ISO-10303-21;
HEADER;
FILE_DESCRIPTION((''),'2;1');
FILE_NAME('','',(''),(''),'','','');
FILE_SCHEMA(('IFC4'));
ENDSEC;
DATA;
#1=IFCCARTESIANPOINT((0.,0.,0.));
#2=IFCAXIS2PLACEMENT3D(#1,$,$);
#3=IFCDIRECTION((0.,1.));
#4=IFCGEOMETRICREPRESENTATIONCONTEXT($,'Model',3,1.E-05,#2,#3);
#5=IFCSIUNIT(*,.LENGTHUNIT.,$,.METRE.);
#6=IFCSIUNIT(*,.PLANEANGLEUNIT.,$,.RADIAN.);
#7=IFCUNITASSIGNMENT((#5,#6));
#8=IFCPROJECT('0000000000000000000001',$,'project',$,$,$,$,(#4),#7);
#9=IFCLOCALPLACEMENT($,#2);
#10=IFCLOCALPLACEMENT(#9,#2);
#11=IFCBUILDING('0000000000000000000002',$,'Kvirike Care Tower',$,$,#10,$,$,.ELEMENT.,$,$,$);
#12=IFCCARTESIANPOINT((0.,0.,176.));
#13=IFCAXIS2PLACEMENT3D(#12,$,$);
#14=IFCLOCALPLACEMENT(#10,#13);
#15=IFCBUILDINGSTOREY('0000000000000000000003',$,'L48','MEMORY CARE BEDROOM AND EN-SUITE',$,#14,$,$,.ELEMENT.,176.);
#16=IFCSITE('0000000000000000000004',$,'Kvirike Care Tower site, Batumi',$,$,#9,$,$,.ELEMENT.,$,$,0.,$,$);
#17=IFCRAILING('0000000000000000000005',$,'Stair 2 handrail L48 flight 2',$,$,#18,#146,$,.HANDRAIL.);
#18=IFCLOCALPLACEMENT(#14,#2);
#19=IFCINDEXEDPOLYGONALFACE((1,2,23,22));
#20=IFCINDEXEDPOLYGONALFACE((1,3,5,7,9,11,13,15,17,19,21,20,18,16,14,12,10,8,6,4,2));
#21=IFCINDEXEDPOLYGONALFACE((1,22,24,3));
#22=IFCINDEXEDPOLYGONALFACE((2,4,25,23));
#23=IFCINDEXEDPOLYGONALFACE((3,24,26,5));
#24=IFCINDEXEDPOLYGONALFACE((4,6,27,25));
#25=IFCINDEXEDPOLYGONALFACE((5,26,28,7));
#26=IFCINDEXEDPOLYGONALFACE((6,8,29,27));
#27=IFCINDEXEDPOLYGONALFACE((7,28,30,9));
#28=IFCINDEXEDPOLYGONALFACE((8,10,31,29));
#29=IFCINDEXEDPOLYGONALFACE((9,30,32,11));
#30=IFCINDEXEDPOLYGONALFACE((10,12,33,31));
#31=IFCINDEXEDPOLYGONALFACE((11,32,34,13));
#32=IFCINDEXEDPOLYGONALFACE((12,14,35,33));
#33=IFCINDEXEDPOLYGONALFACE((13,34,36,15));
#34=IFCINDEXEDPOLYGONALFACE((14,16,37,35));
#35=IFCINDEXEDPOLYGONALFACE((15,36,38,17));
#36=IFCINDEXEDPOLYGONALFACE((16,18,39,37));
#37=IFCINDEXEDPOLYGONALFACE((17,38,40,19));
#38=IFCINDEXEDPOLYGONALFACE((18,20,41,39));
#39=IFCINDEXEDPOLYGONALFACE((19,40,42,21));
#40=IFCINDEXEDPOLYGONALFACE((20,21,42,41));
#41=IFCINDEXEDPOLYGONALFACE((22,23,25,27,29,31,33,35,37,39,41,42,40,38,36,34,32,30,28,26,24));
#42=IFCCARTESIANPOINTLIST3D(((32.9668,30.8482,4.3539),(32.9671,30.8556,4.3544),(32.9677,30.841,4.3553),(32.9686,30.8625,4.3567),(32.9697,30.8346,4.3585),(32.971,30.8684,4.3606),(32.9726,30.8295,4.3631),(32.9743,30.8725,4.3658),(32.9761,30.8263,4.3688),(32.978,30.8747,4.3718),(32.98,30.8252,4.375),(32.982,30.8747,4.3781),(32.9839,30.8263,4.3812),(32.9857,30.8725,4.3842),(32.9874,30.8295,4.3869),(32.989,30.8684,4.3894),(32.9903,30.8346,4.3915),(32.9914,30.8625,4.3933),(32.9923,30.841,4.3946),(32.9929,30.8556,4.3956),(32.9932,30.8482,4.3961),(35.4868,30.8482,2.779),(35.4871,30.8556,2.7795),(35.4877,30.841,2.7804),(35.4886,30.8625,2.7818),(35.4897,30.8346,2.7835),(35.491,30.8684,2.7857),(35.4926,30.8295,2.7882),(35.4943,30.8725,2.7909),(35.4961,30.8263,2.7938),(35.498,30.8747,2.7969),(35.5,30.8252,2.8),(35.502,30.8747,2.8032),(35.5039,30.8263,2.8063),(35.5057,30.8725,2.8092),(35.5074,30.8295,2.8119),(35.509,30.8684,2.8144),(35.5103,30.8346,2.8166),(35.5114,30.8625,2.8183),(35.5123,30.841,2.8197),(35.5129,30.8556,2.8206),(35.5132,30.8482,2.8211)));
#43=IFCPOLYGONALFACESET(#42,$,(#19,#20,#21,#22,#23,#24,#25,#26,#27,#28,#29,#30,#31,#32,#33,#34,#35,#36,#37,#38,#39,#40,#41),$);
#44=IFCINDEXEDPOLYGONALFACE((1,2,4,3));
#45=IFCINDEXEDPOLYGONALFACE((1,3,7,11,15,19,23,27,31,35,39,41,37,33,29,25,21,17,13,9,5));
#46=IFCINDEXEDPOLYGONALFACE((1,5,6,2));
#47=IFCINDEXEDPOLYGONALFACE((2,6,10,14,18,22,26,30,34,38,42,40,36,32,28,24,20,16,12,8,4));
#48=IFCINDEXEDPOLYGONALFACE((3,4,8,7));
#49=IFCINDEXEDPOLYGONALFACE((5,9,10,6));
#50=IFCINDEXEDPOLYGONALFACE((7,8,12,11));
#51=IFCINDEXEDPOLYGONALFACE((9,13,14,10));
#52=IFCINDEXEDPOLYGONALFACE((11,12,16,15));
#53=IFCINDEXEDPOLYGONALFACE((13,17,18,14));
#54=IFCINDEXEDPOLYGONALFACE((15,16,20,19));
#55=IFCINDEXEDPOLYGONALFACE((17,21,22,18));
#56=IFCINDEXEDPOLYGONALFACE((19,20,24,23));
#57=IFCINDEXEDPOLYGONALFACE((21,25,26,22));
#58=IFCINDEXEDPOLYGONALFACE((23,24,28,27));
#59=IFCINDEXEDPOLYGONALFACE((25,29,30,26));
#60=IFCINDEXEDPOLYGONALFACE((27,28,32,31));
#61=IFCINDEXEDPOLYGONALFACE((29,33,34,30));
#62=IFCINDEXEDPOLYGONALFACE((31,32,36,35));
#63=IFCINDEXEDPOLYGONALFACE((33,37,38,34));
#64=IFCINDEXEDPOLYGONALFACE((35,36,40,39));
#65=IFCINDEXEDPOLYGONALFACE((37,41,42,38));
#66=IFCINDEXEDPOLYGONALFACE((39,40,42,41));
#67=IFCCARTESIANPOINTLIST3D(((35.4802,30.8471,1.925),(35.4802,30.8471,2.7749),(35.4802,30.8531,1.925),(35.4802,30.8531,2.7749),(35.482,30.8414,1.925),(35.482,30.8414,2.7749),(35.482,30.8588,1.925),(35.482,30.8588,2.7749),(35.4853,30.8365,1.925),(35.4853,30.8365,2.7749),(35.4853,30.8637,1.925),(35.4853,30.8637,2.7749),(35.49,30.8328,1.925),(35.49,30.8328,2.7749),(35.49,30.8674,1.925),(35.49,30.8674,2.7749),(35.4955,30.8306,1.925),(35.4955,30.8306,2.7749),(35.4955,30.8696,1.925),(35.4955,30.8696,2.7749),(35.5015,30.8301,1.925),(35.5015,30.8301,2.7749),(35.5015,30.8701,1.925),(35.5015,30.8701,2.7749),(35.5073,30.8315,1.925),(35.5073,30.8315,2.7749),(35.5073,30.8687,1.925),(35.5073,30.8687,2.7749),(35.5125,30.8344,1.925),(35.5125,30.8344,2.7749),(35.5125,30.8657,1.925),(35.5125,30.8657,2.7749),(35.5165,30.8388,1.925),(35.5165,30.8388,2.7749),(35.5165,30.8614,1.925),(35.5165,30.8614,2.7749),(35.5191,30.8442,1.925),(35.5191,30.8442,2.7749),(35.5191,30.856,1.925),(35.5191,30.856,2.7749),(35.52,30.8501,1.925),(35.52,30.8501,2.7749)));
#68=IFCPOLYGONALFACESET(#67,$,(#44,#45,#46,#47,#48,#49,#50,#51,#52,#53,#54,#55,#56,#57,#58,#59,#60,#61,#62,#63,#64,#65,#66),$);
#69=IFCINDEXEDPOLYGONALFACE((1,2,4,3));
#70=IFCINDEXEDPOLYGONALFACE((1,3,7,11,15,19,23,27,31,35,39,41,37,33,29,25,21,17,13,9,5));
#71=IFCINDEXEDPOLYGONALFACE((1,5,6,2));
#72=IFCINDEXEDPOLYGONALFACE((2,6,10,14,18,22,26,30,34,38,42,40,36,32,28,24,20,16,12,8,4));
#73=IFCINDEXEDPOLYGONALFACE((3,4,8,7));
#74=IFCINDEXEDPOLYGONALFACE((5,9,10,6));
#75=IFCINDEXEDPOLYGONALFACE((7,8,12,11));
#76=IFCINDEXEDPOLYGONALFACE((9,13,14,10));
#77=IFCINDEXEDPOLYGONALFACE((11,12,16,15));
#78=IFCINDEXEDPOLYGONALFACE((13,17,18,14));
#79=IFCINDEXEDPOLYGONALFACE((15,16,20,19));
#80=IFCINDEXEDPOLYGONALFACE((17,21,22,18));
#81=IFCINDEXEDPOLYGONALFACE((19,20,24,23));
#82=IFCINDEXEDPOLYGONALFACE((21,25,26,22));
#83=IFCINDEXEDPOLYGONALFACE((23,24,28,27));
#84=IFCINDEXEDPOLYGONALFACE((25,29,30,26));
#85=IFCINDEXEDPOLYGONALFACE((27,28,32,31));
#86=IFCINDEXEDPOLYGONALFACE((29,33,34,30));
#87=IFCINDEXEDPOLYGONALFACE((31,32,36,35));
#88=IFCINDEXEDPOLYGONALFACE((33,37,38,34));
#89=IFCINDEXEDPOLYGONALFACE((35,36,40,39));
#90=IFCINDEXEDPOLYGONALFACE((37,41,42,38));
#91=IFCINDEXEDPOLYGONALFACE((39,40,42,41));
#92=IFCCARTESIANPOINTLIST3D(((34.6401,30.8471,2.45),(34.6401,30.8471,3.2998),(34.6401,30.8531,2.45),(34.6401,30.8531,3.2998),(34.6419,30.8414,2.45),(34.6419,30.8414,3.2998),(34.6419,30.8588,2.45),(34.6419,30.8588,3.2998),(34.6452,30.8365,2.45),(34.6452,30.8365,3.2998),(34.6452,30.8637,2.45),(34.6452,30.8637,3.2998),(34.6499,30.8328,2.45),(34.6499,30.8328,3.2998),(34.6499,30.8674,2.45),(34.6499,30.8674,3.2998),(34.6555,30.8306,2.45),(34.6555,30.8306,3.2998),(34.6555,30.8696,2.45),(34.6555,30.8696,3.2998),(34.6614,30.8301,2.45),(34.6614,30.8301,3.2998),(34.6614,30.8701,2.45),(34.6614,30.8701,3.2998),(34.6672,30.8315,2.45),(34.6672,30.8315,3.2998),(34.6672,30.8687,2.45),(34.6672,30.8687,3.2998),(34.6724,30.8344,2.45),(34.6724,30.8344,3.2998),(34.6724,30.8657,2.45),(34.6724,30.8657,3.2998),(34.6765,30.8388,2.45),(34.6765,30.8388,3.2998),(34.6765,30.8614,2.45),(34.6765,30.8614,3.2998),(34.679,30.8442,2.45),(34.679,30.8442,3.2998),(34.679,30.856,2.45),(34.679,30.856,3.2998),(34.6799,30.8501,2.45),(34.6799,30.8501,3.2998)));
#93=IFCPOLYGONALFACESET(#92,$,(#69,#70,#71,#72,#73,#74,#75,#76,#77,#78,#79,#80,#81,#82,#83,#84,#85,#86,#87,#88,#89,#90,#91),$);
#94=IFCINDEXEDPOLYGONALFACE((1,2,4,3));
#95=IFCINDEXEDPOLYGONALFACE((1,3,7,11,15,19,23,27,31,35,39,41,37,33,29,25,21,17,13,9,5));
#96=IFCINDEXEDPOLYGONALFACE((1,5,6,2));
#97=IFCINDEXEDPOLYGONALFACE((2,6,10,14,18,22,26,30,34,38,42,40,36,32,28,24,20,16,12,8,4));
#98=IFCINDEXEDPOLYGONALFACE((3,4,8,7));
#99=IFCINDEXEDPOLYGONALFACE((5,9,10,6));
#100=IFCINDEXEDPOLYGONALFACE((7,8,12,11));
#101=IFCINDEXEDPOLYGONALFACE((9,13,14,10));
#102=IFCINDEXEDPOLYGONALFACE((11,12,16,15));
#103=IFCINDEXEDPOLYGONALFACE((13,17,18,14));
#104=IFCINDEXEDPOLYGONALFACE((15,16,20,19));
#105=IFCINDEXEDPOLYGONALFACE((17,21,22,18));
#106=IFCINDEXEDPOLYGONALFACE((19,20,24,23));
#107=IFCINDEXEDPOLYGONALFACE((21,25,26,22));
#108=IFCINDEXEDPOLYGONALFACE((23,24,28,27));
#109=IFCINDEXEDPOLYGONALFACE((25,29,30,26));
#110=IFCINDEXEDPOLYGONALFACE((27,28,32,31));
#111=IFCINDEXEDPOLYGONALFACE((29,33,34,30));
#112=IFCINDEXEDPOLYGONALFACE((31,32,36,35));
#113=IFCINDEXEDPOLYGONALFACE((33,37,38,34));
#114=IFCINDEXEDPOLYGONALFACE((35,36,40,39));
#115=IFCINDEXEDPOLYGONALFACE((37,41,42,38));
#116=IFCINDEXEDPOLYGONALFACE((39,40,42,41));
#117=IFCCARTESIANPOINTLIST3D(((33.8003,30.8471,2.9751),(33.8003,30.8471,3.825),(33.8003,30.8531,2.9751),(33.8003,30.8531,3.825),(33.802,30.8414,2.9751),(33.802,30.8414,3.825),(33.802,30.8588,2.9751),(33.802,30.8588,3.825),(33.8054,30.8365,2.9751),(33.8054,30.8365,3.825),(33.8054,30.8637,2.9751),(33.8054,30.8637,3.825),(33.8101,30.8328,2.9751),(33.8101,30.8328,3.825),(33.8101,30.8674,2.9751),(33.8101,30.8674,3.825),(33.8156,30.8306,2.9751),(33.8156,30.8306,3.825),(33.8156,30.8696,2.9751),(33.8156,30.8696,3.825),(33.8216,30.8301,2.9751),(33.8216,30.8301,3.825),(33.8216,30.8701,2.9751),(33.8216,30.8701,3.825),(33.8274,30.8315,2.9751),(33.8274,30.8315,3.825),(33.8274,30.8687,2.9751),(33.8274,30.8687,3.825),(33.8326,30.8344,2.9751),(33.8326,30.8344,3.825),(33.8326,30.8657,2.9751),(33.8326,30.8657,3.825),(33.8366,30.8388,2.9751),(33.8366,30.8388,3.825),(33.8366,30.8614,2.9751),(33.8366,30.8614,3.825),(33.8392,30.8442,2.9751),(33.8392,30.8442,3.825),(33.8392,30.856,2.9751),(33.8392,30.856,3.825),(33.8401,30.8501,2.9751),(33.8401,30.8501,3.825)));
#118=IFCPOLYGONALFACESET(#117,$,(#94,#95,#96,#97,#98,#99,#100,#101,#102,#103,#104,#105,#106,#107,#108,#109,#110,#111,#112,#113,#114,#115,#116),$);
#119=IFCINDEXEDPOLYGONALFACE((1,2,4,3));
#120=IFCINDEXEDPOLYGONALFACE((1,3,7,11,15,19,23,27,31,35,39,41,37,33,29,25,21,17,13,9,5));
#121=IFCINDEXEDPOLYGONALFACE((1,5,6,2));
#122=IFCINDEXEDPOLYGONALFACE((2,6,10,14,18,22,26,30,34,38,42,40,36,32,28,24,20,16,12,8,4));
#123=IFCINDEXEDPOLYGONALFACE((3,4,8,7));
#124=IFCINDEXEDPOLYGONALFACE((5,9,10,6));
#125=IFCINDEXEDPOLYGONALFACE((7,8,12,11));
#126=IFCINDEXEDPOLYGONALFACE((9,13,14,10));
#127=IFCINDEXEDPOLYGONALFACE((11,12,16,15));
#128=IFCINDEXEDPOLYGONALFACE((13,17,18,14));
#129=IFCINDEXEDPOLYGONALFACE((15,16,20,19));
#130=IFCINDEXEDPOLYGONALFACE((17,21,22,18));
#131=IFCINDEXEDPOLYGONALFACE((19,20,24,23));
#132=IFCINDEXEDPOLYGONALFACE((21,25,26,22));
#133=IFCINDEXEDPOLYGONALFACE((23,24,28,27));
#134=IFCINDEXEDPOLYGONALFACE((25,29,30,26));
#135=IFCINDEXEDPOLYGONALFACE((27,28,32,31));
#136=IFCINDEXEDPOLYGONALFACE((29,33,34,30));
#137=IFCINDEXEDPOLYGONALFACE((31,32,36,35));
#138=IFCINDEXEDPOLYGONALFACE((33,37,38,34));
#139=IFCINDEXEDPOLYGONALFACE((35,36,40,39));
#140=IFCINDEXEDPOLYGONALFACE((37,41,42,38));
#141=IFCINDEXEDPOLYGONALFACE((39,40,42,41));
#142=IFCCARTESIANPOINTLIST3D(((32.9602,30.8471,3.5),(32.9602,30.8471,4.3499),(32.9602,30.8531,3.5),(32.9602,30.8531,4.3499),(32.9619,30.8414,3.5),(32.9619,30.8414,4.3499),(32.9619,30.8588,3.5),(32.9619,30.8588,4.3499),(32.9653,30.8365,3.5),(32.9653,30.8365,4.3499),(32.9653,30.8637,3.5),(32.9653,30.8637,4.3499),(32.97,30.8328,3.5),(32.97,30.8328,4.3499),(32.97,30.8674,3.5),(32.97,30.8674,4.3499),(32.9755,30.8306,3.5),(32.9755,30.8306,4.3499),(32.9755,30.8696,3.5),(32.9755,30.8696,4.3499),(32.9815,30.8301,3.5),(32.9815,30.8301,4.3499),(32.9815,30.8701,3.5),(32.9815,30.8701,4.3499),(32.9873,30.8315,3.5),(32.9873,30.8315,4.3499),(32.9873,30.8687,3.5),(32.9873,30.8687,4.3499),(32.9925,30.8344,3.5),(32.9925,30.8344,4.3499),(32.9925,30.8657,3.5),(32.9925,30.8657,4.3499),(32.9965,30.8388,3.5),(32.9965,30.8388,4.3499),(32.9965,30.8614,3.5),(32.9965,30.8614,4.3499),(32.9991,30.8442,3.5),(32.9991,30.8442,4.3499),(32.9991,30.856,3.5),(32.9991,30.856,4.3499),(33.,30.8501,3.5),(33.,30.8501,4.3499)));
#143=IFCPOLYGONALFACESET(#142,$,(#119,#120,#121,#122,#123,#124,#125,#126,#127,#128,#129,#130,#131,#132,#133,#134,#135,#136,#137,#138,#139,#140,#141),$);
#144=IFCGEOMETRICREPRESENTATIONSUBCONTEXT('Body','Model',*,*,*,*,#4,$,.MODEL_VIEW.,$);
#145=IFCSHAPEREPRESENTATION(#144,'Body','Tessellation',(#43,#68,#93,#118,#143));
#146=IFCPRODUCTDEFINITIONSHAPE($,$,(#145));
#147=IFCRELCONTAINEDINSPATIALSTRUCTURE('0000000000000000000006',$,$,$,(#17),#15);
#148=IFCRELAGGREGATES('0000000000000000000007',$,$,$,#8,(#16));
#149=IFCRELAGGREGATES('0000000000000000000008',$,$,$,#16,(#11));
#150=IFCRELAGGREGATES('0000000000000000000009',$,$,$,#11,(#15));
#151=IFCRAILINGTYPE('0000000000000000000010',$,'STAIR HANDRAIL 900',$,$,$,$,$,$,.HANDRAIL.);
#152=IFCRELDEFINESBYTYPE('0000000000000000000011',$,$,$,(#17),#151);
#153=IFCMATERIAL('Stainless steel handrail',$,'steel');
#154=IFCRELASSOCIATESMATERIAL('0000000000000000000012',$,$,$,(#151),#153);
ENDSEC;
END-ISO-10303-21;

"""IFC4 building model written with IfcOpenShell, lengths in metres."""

from ifc_helpers import new_model, si_unit, direction, frame, origin, origin_2d, place, context, subcontext, project, spatial, circle, extrude, material, type_object, element, save


model = new_model("IFC4")

# Units and contexts
model_context = context("Model", 3, precision=1e-05, world=origin(), true_north=direction((0.0, 1.0)))
body_context = subcontext(model_context, "Body", "Model", "MODEL_VIEW")
ifc_project = project(units=[si_unit("LENGTHUNIT", "METRE"), si_unit("PLANEANGLEUNIT", "RADIAN")], contexts=[model_context])

# Site, building, storey
site_placement = place(None, origin())
site = spatial("IfcSite", under=ifc_project, at=site_placement, Name="Kvirike Care Tower site, Batumi", CompositionType="ELEMENT", RefElevation=0.0)
building_placement = place(site_placement, origin())
building = spatial("IfcBuilding", under=site, at=building_placement, Name="Kvirike Care Tower", CompositionType="ELEMENT")
storey_placement = place(building_placement, frame((0.0, 0.0, 176.0)))
storey = spatial("IfcBuildingStorey", under=building, at=storey_placement, Name="L48", Description="MEMORY CARE BEDROOM AND EN-SUITE", CompositionType="ELEMENT", Elevation=176.0)

# Railing
ifc_material_1 = material(Name="Stainless steel handrail", Category="steel")
railing_type = type_object("IfcRailingType", Name="STAIR HANDRAIL 900", PredefinedType="HANDRAIL", material=ifc_material_1)
railing_1_placement = place(storey_placement, frame((35.5, 30.8501, 1.925)))
element("IfcRailing", 1, at=railing_1_placement, inside=storey, type_object=railing_type, Name="Stair 2 handrail L48 flight 2", PredefinedType="HANDRAIL", context=body_context, shape_type="SweptSolid", body=[
    extrude(circle(Radius=0.0249, at=origin_2d()), frame((0.0, 0.0, 0.875), z_axis=(-0.848008, 0.0, 0.529984), x_axis=(0.0, -1.0, 0.0)), (0.0, 0.0, 1.0), 2.9717),
    extrude(circle(Radius=0.02, at=origin_2d()), origin(), (0.0, 0.0, 1.0), 0.8499),
    extrude(circle(Radius=0.02, at=origin_2d()), frame((-0.8401, 0.0, 0.5249)), (0.0, 0.0, 1.0), 0.8499),
    extrude(circle(Radius=0.02, at=origin_2d()), frame((-1.6799, 0.0, 1.05)), (0.0, 0.0, 1.0), 0.8499),
    extrude(circle(Radius=0.02, at=origin_2d()), frame((-2.52, 0.0, 1.575)), (0.0, 0.0, 1.0), 0.8499),
])

save(model, "model.ifc")
